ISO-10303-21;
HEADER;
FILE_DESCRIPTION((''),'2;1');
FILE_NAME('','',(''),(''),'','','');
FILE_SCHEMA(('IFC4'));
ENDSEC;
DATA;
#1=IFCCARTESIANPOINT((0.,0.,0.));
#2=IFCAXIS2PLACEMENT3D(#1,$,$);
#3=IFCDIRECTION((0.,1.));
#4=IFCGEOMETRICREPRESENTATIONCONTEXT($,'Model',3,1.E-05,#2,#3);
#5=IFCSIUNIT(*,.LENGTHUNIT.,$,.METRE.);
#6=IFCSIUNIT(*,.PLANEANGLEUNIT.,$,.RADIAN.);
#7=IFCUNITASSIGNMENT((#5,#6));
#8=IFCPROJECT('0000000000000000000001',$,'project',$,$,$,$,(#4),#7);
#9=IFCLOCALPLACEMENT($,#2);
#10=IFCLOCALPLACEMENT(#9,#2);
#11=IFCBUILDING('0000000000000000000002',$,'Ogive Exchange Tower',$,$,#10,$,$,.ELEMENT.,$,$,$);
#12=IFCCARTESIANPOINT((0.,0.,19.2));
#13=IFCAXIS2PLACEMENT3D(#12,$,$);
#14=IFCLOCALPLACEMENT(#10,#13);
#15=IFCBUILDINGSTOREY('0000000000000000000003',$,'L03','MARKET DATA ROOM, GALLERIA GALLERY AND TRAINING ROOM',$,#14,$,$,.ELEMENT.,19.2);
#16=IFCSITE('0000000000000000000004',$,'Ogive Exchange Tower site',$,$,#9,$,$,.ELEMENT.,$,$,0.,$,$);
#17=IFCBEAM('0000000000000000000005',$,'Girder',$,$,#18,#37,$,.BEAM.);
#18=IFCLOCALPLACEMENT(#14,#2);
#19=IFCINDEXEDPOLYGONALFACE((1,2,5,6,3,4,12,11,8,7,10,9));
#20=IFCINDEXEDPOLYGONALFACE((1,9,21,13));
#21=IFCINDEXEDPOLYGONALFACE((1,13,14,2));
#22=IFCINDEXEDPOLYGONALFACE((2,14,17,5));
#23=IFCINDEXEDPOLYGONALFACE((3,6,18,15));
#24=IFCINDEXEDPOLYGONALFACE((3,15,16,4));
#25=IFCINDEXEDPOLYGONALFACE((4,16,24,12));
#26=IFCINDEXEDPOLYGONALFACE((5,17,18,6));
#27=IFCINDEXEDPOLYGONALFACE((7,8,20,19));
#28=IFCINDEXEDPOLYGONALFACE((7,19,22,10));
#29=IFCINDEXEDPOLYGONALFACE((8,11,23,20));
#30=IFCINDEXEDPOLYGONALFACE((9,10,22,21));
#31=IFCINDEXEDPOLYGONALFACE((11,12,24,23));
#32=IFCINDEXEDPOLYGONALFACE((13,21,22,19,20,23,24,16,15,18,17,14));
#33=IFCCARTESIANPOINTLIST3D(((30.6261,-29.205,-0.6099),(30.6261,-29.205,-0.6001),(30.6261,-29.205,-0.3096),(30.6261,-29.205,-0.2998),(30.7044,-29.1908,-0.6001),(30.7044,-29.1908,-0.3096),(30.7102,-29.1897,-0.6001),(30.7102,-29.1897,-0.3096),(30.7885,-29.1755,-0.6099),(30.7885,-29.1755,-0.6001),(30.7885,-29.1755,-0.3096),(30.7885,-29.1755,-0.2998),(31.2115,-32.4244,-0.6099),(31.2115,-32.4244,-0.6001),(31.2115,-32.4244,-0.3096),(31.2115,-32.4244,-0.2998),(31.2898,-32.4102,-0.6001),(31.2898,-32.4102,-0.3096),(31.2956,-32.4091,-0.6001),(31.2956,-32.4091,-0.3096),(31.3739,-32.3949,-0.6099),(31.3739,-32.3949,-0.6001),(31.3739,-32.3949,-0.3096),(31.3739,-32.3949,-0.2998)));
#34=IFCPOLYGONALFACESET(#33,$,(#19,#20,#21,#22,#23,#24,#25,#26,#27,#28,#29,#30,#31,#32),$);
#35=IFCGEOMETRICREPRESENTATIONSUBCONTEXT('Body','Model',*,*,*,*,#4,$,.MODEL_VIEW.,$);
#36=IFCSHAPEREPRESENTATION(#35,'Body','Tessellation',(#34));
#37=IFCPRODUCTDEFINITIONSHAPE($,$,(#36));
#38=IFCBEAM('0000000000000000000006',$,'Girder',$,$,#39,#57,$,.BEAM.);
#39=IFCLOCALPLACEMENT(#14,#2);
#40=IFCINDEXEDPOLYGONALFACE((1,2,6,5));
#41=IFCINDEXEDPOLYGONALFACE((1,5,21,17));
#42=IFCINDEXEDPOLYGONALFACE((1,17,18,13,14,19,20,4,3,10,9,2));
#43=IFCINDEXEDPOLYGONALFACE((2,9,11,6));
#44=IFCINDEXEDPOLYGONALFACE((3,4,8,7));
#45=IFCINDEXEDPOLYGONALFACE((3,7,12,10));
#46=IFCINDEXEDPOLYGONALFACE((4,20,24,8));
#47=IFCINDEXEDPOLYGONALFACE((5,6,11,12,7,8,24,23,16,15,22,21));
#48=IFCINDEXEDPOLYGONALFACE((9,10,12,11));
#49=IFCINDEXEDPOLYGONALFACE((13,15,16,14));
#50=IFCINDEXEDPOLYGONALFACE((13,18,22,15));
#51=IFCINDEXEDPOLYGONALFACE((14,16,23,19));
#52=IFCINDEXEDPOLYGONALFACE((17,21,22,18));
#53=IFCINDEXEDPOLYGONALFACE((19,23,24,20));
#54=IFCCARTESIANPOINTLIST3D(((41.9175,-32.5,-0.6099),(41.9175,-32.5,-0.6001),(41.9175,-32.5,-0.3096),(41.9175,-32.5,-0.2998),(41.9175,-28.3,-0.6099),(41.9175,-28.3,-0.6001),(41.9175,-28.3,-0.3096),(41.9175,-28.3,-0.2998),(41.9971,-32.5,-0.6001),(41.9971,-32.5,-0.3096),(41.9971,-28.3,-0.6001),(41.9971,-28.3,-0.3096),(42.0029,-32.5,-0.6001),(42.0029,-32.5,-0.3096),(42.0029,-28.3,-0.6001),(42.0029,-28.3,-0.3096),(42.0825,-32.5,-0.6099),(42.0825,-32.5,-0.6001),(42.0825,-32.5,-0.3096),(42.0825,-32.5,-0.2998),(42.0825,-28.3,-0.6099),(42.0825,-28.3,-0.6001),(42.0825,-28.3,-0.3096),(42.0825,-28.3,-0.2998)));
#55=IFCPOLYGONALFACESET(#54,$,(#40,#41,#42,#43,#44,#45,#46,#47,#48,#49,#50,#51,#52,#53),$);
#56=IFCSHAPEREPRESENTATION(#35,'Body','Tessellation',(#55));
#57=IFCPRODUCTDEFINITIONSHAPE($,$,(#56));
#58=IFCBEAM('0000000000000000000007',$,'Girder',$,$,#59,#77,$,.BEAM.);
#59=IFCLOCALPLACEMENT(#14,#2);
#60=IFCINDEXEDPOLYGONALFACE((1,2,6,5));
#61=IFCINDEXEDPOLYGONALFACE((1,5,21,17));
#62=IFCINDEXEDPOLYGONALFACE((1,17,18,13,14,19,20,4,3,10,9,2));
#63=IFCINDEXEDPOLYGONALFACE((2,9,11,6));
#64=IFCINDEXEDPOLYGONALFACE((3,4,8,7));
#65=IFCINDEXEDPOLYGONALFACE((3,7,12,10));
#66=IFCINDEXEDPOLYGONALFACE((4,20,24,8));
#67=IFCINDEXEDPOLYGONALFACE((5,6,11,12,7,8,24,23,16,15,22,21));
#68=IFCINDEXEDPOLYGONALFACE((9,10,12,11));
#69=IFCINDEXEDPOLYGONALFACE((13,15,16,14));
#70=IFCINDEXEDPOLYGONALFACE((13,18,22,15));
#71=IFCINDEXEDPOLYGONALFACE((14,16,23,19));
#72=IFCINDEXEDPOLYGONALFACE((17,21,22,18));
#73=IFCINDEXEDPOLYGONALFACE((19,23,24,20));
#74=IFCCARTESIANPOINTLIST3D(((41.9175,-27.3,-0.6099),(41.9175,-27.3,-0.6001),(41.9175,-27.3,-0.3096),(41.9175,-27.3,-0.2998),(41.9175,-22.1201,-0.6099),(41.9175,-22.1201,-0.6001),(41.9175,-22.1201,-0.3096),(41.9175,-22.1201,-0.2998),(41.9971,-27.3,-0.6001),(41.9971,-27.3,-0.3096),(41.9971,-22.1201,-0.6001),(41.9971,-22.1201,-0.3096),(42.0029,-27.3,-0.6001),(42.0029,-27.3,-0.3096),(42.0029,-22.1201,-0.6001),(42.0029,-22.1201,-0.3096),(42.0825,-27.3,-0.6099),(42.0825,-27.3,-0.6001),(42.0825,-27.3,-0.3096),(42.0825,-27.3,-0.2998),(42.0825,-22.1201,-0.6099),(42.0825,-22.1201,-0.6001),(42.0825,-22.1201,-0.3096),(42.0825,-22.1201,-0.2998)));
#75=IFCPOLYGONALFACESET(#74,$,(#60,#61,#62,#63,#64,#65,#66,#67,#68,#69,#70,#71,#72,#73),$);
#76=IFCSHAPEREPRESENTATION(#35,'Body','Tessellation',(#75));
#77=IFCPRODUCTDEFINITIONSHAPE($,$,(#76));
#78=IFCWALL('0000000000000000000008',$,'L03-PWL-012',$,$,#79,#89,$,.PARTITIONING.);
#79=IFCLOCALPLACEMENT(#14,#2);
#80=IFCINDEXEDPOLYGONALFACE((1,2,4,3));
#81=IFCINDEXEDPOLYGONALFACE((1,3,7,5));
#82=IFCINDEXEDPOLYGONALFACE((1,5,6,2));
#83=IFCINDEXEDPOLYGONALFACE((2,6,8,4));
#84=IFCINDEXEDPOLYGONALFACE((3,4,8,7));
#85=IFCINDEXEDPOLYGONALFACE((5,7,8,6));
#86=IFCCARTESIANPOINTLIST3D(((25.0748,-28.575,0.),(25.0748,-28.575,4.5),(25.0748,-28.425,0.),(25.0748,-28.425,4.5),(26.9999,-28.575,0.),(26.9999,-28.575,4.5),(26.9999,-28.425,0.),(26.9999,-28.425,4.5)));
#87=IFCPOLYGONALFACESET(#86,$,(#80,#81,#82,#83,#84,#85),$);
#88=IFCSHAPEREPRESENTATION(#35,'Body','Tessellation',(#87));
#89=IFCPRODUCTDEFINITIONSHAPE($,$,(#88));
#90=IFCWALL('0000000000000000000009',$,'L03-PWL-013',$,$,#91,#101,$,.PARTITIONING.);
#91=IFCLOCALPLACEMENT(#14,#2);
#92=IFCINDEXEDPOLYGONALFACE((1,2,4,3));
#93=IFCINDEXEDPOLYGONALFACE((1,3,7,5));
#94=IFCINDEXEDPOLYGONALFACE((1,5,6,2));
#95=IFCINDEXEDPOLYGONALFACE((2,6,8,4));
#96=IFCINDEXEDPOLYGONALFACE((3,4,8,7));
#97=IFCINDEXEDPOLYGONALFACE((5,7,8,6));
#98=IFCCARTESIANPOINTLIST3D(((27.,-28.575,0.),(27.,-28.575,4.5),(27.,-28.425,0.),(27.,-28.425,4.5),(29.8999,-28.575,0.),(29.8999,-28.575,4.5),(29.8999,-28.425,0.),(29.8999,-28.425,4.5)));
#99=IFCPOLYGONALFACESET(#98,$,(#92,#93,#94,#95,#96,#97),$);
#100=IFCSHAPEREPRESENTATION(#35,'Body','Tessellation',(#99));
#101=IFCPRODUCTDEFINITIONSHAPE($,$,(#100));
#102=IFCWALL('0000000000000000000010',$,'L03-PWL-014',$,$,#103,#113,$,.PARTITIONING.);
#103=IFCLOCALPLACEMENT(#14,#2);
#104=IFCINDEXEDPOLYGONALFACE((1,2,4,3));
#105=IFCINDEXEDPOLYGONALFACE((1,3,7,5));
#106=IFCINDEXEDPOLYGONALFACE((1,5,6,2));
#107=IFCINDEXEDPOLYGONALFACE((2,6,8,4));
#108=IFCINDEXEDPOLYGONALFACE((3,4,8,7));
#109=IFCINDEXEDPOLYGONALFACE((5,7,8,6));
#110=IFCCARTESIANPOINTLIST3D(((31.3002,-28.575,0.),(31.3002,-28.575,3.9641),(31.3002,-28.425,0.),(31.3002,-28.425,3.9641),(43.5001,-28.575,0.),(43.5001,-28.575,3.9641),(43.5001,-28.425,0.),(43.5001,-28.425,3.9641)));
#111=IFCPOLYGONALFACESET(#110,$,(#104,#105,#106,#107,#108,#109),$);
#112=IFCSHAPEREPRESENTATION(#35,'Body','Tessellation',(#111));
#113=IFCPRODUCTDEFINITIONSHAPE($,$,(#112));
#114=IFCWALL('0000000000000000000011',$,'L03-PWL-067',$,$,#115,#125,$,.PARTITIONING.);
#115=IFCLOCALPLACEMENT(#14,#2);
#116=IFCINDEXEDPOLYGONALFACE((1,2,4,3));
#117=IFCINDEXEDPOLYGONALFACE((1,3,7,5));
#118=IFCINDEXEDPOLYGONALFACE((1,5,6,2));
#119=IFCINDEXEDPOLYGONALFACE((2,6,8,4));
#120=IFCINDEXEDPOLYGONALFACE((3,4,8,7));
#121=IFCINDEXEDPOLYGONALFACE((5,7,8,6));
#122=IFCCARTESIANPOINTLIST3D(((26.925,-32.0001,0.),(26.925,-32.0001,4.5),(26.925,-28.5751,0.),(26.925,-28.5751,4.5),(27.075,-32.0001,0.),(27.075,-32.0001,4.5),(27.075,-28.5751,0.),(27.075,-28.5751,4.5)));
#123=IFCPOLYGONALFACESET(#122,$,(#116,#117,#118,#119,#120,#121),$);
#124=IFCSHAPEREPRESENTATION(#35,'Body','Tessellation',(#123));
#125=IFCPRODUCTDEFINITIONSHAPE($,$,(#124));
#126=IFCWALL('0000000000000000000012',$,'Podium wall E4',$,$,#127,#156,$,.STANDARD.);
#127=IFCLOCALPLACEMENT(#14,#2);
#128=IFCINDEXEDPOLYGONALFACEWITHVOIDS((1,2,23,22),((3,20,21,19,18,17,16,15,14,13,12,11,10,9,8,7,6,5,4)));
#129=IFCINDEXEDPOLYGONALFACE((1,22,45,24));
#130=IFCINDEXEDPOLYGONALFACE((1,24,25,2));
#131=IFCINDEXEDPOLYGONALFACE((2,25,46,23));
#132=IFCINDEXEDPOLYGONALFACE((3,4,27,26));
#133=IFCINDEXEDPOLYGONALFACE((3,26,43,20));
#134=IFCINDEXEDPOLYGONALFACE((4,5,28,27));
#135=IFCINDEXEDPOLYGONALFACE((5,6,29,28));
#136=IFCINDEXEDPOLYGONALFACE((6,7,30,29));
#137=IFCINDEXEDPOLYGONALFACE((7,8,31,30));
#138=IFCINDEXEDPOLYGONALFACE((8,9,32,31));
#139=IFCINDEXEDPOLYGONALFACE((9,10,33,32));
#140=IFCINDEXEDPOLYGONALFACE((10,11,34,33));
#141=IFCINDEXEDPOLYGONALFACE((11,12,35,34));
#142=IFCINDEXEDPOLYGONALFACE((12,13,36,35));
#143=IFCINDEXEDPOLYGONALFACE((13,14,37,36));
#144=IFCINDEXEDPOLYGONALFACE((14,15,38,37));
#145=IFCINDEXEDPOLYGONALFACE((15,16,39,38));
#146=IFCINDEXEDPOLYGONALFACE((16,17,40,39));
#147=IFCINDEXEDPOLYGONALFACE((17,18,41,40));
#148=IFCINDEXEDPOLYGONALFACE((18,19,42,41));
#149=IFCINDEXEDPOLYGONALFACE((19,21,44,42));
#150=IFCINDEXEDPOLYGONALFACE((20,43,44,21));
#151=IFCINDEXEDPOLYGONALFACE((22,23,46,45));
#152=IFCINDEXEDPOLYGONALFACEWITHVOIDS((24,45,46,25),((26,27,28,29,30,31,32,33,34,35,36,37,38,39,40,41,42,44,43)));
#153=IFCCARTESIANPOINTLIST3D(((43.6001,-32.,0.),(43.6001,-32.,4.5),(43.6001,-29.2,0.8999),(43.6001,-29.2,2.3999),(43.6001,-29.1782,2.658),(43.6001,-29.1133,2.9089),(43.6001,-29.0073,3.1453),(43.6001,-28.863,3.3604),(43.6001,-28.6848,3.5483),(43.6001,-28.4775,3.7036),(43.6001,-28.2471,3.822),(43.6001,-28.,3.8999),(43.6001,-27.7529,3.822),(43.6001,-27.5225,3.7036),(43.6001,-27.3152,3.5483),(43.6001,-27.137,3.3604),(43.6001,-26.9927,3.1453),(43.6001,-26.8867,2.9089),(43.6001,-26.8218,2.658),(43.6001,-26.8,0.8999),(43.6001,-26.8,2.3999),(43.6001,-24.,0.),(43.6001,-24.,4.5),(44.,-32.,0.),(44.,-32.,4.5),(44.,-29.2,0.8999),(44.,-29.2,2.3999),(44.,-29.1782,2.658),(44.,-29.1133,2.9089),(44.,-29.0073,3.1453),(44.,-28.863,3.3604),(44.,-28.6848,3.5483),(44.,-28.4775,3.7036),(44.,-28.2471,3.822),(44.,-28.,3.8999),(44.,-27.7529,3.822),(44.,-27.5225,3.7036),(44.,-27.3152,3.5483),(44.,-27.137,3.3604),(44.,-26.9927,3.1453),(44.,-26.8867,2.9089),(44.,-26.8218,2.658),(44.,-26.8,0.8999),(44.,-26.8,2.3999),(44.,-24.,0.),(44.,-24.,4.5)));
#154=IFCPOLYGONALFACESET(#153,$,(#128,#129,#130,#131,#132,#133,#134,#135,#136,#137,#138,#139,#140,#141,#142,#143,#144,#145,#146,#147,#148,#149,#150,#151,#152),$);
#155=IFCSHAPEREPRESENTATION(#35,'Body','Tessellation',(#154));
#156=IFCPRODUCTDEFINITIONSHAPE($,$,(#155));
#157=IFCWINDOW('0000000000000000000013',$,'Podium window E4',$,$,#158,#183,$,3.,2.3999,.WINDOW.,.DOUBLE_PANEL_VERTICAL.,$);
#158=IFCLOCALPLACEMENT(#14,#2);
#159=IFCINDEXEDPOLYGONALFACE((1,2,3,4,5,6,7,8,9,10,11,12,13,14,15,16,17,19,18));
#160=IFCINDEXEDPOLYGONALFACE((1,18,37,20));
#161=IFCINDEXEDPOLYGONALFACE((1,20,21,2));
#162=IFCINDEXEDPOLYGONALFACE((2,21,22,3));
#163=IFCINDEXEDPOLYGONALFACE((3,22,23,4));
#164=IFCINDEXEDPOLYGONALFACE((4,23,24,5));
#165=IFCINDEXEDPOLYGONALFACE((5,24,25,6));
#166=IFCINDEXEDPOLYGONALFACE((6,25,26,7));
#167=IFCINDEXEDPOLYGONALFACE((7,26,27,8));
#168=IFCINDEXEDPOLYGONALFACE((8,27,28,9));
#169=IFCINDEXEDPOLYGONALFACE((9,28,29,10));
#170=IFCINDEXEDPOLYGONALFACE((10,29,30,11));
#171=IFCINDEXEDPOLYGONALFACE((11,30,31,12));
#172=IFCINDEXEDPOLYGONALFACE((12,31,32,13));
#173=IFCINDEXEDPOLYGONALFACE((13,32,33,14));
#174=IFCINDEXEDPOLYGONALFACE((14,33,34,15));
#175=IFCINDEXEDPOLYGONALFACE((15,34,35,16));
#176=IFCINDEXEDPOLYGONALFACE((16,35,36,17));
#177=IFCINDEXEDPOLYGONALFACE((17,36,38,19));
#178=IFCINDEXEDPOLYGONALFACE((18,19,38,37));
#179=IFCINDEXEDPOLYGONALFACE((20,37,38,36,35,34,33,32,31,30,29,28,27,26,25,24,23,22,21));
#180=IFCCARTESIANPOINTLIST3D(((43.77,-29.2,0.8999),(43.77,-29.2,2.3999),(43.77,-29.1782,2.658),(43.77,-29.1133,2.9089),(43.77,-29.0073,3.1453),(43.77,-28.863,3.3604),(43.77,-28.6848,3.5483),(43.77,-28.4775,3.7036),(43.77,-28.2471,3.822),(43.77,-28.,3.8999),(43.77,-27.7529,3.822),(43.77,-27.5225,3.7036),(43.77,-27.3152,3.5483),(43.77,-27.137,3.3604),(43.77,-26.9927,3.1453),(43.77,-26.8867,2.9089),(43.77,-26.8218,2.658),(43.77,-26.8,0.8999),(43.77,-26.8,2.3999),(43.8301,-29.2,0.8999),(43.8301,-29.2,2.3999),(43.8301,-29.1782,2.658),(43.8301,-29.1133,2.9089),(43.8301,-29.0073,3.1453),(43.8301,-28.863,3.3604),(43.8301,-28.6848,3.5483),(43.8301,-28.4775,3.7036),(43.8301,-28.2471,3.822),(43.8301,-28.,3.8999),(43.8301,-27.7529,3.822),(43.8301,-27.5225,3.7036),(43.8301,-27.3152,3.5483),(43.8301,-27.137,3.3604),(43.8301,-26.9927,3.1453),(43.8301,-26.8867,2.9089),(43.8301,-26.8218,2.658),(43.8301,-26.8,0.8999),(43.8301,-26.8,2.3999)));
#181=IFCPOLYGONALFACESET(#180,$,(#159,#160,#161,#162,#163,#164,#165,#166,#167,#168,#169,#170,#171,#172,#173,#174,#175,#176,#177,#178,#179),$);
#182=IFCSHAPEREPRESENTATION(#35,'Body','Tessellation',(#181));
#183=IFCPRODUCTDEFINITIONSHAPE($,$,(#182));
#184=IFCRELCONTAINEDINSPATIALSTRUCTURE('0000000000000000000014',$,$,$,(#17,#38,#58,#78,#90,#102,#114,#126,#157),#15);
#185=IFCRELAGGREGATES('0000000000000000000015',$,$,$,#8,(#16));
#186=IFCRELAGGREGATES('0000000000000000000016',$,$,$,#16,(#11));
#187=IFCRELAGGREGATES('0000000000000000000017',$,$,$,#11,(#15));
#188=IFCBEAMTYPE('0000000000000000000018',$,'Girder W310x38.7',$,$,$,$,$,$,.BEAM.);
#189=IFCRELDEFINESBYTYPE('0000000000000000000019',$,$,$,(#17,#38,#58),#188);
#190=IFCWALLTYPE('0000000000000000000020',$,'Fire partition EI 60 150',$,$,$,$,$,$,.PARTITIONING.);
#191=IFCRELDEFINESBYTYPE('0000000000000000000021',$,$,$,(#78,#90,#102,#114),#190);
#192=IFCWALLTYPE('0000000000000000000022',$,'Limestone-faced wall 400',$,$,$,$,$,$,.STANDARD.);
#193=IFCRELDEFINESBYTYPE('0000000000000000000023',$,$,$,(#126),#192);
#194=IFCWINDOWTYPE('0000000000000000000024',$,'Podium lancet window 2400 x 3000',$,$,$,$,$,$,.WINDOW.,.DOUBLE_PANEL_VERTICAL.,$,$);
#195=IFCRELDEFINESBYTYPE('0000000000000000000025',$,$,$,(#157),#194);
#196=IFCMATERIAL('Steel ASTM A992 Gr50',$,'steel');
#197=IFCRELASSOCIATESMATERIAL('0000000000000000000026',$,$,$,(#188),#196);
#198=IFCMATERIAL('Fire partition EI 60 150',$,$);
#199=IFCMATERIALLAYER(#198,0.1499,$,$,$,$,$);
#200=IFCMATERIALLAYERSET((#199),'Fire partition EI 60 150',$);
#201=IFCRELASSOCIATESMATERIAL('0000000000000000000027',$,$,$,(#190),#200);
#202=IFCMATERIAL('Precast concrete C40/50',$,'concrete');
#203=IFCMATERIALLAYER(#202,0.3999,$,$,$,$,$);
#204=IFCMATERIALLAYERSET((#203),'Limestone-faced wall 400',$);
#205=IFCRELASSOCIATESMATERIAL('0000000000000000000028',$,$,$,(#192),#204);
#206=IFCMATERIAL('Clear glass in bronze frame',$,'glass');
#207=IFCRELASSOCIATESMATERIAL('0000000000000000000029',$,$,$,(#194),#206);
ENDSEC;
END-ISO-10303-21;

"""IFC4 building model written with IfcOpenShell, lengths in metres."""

from ifc_helpers import new_model, si_unit, direction, frame, frame_2d, origin, origin_2d, place, context, subcontext, project, spatial, polyline, rectangle, i_section, outline, extrude, material, layer, layer_set, material_profile, profile_set, type_object, element, fill, save


model = new_model("IFC4")

# Units and contexts
model_context = context("Model", 3, precision=1e-05, world=origin(), true_north=direction((0.0, 1.0)))
body_context = subcontext(model_context, "Body", "Model", "MODEL_VIEW")
ifc_project = project(units=[si_unit("LENGTHUNIT", "METRE"), si_unit("PLANEANGLEUNIT", "RADIAN")], contexts=[model_context])

# Site, building, storey
site_placement = place(None, origin())
site = spatial("IfcSite", under=ifc_project, at=site_placement, Name="Ogive Exchange Tower site", CompositionType="ELEMENT", RefElevation=0.0)
building_placement = place(site_placement, origin())
building = spatial("IfcBuilding", under=site, at=building_placement, Name="Ogive Exchange Tower", CompositionType="ELEMENT")
storey_placement = place(building_placement, frame((0.0, 0.0, 19.2)))
storey = spatial("IfcBuildingStorey", under=building, at=storey_placement, Name="L03", Description="MARKET DATA ROOM, GALLERIA GALLERY AND TRAINING ROOM", CompositionType="ELEMENT", Elevation=19.2)

# Beams
ifc_material_1 = material(Name="Steel ASTM A992 Gr50", Category="steel")
ifc_material_profile_1 = material_profile(ifc_material_1, i_section(OverallWidth=0.165, OverallDepth=0.3101, WebThickness=0.0059, FlangeThickness=0.0098, at=origin_2d()), Name="W310x38.7")
ifc_profile_set_1 = profile_set([ifc_material_profile_1], Name="Steel ASTM A992 Gr50")
beam_type_1 = type_object("IfcBeamType", Name="Girder W310x38.7", PredefinedType="BEAM", material=ifc_profile_set_1)
beam_1_placement = place(storey_placement, frame((31.2927, -32.4097, -0.4548), z_axis=(-0.178912, 0.983865, 0.0), x_axis=(-0.983865, -0.178912, 0.0)))
element("IfcBeam", 1, at=beam_1_placement, inside=storey, type_object=beam_type_1, Name="Girder", PredefinedType="BEAM", context=body_context, shape_type="SweptSolid", body=[
    extrude(i_section(OverallWidth=0.165, OverallDepth=0.3101, WebThickness=0.0059, FlangeThickness=0.0098, at=origin_2d()), origin(), (0.0, 0.0, 1.0), 3.2722),
])
beam_2_placement = place(storey_placement, frame((42.0, -32.5, -0.4548), z_axis=(0.0, 1.0, 0.0), x_axis=(-1.0, 0.0, 0.0)))
element("IfcBeam", 2, at=beam_2_placement, inside=storey, type_object=beam_type_1, Name="Girder", PredefinedType="BEAM", context=body_context, shape_type="SweptSolid", body=[
    extrude(i_section(OverallWidth=0.165, OverallDepth=0.3101, WebThickness=0.0059, FlangeThickness=0.0098, at=origin_2d()), origin(), (0.0, 0.0, 1.0), 4.2),
])
beam_3_placement = place(storey_placement, frame((42.0, -27.3, -0.4548), z_axis=(0.0, 1.0, 0.0), x_axis=(-1.0, 0.0, 0.0)))
element("IfcBeam", 3, at=beam_3_placement, inside=storey, type_object=beam_type_1, Name="Girder", PredefinedType="BEAM", context=body_context, shape_type="SweptSolid", body=[
    extrude(i_section(OverallWidth=0.165, OverallDepth=0.3101, WebThickness=0.0059, FlangeThickness=0.0098, at=origin_2d()), origin(), (0.0, 0.0, 1.0), 5.1799),
])

# Walls
ifc_material_2 = material(Name="Fire partition EI 60 150")
ifc_layer_1 = layer(ifc_material_2, 0.1499)
ifc_layer_set_1 = layer_set([ifc_layer_1], Name="Fire partition EI 60 150")
wall_type_1 = type_object("IfcWallType", Name="Fire partition EI 60 150", PredefinedType="PARTITIONING", material=ifc_layer_set_1)
wall_1_placement = place(storey_placement, frame((25.075, -28.5, 0.0), z_axis=(0.0, 0.0, 1.0), x_axis=(1.0, 0.0, 0.0)))
element("IfcWall", 4, at=wall_1_placement, inside=storey, type_object=wall_type_1, Name="L03-PWL-012", PredefinedType="PARTITIONING", context=body_context, shape_type="SweptSolid", body=[
    extrude(rectangle(XDim=1.925, YDim=0.1499, at=frame_2d((0.9624, 0.0))), origin(), (0.0, 0.0, 1.0), 4.5),
])
wall_2_placement = place(storey_placement, frame((27.0, -28.5, 0.0), z_axis=(0.0, 0.0, 1.0), x_axis=(1.0, 0.0, 0.0)))
element("IfcWall", 5, at=wall_2_placement, inside=storey, type_object=wall_type_1, Name="L03-PWL-013", PredefinedType="PARTITIONING", context=body_context, shape_type="SweptSolid", body=[
    extrude(rectangle(XDim=2.8999, YDim=0.1499, at=frame_2d((1.45, 0.0))), origin(), (0.0, 0.0, 1.0), 4.5),
])
wall_3_placement = place(storey_placement, frame((31.3, -28.5, 0.0), z_axis=(0.0, 0.0, 1.0), x_axis=(1.0, 0.0, 0.0)))
element("IfcWall", 6, at=wall_3_placement, inside=storey, type_object=wall_type_1, Name="L03-PWL-014", PredefinedType="PARTITIONING", context=body_context, shape_type="SweptSolid", body=[
    extrude(rectangle(XDim=12.2, YDim=0.1499, at=frame_2d((6.1001, 0.0))), origin(), (0.0, 0.0, 1.0), 3.9641),
])
wall_4_placement = place(storey_placement, frame((27.0, -32.0, 0.0), z_axis=(0.0, 0.0, 1.0), x_axis=(0.0, 1.0, 0.0)))
element("IfcWall", 7, at=wall_4_placement, inside=storey, type_object=wall_type_1, Name="L03-PWL-067", PredefinedType="PARTITIONING", context=body_context, shape_type="SweptSolid", body=[
    extrude(rectangle(XDim=3.425, YDim=0.1499, at=frame_2d((1.7124, 0.0))), origin(), (0.0, 0.0, 1.0), 4.5),
])

# Wall, opening, window
ifc_material_3 = material(Name="Precast concrete C40/50", Category="concrete")
ifc_layer_2 = layer(ifc_material_3, 0.3999)
ifc_layer_set_2 = layer_set([ifc_layer_2], Name="Limestone-faced wall 400")
wall_type_2 = type_object("IfcWallType", Name="Limestone-faced wall 400", PredefinedType="STANDARD", material=ifc_layer_set_2)
wall_5_placement = place(storey_placement, frame((43.8, -32.0, 0.0), z_axis=(0.0, 0.0, 1.0), x_axis=(0.0, 1.0, 0.0)))
wall_5 = element("IfcWall", 8, at=wall_5_placement, inside=storey, type_object=wall_type_2, Name="Podium wall E4", PredefinedType="STANDARD", context=body_context, shape_type="SweptSolid", body=[
    extrude(rectangle(XDim=8.0, YDim=0.3999, at=frame_2d((4.0, 0.0))), origin(), (0.0, 0.0, 1.0), 4.5),
])
opening_placement = place(wall_5_placement, frame((2.8, 0.0, 0.8999)))
opening = element("IfcOpeningElement", 9, at=opening_placement, cuts=wall_5, PredefinedType="OPENING", context=body_context, shape_type="SweptSolid", body=[
    extrude(outline(polyline([(0.0, 0.0), (2.3999, 0.0), (2.3999, 1.5), (2.3782, 1.7581), (2.3132, 2.009), (2.2073, 2.2454), (2.063, 2.4604), (1.8848, 2.6484), (1.6775, 2.8037), (1.447, 2.9221), (1.2, 3.0), (0.9529, 2.9221), (0.7224, 2.8037), (0.5151, 2.6484), (0.3369, 2.4604), (0.1926, 2.2454), (0.0867, 2.009), (0.0217, 1.7581), (0.0, 1.5), (0.0, 0.0)])), frame((0.0, 0.21, 0.0), z_axis=(0.0, -1.0, 0.0), x_axis=(1.0, 0.0, 0.0)), (0.0, 0.0, 1.0), 0.4199),
])
ifc_material_4 = material(Name="Clear glass in bronze frame", Category="glass")
window_type = type_object("IfcWindowType", Name="Podium lancet window 2400 x 3000", PartitioningType="DOUBLE_PANEL_VERTICAL", PredefinedType="WINDOW", material=ifc_material_4)
window_placement = place(opening_placement, origin())
window = element("IfcWindow", 10, at=window_placement, inside=storey, type_object=window_type, Name="Podium window E4", OverallHeight=3.0, OverallWidth=2.3999, PartitioningType="DOUBLE_PANEL_VERTICAL", PredefinedType="WINDOW", context=body_context, shape_type="SweptSolid", body=[
    extrude(outline(polyline([(0.0, 0.0), (2.3999, 0.0), (2.3999, 1.5), (2.3782, 1.7581), (2.3132, 2.009), (2.2073, 2.2454), (2.063, 2.4604), (1.8848, 2.6484), (1.6775, 2.8037), (1.447, 2.9221), (1.2, 3.0), (0.9529, 2.9221), (0.7224, 2.8037), (0.5151, 2.6484), (0.3369, 2.4604), (0.1926, 2.2454), (0.0867, 2.009), (0.0217, 1.7581), (0.0, 1.5), (0.0, 0.0)])), frame((0.0, 0.03, 0.0), z_axis=(0.0, -1.0, 0.0), x_axis=(1.0, 0.0, 0.0)), (0.0, 0.0, 1.0), 0.0601),
])
fill(opening, window)

save(model, "model.ifc")
